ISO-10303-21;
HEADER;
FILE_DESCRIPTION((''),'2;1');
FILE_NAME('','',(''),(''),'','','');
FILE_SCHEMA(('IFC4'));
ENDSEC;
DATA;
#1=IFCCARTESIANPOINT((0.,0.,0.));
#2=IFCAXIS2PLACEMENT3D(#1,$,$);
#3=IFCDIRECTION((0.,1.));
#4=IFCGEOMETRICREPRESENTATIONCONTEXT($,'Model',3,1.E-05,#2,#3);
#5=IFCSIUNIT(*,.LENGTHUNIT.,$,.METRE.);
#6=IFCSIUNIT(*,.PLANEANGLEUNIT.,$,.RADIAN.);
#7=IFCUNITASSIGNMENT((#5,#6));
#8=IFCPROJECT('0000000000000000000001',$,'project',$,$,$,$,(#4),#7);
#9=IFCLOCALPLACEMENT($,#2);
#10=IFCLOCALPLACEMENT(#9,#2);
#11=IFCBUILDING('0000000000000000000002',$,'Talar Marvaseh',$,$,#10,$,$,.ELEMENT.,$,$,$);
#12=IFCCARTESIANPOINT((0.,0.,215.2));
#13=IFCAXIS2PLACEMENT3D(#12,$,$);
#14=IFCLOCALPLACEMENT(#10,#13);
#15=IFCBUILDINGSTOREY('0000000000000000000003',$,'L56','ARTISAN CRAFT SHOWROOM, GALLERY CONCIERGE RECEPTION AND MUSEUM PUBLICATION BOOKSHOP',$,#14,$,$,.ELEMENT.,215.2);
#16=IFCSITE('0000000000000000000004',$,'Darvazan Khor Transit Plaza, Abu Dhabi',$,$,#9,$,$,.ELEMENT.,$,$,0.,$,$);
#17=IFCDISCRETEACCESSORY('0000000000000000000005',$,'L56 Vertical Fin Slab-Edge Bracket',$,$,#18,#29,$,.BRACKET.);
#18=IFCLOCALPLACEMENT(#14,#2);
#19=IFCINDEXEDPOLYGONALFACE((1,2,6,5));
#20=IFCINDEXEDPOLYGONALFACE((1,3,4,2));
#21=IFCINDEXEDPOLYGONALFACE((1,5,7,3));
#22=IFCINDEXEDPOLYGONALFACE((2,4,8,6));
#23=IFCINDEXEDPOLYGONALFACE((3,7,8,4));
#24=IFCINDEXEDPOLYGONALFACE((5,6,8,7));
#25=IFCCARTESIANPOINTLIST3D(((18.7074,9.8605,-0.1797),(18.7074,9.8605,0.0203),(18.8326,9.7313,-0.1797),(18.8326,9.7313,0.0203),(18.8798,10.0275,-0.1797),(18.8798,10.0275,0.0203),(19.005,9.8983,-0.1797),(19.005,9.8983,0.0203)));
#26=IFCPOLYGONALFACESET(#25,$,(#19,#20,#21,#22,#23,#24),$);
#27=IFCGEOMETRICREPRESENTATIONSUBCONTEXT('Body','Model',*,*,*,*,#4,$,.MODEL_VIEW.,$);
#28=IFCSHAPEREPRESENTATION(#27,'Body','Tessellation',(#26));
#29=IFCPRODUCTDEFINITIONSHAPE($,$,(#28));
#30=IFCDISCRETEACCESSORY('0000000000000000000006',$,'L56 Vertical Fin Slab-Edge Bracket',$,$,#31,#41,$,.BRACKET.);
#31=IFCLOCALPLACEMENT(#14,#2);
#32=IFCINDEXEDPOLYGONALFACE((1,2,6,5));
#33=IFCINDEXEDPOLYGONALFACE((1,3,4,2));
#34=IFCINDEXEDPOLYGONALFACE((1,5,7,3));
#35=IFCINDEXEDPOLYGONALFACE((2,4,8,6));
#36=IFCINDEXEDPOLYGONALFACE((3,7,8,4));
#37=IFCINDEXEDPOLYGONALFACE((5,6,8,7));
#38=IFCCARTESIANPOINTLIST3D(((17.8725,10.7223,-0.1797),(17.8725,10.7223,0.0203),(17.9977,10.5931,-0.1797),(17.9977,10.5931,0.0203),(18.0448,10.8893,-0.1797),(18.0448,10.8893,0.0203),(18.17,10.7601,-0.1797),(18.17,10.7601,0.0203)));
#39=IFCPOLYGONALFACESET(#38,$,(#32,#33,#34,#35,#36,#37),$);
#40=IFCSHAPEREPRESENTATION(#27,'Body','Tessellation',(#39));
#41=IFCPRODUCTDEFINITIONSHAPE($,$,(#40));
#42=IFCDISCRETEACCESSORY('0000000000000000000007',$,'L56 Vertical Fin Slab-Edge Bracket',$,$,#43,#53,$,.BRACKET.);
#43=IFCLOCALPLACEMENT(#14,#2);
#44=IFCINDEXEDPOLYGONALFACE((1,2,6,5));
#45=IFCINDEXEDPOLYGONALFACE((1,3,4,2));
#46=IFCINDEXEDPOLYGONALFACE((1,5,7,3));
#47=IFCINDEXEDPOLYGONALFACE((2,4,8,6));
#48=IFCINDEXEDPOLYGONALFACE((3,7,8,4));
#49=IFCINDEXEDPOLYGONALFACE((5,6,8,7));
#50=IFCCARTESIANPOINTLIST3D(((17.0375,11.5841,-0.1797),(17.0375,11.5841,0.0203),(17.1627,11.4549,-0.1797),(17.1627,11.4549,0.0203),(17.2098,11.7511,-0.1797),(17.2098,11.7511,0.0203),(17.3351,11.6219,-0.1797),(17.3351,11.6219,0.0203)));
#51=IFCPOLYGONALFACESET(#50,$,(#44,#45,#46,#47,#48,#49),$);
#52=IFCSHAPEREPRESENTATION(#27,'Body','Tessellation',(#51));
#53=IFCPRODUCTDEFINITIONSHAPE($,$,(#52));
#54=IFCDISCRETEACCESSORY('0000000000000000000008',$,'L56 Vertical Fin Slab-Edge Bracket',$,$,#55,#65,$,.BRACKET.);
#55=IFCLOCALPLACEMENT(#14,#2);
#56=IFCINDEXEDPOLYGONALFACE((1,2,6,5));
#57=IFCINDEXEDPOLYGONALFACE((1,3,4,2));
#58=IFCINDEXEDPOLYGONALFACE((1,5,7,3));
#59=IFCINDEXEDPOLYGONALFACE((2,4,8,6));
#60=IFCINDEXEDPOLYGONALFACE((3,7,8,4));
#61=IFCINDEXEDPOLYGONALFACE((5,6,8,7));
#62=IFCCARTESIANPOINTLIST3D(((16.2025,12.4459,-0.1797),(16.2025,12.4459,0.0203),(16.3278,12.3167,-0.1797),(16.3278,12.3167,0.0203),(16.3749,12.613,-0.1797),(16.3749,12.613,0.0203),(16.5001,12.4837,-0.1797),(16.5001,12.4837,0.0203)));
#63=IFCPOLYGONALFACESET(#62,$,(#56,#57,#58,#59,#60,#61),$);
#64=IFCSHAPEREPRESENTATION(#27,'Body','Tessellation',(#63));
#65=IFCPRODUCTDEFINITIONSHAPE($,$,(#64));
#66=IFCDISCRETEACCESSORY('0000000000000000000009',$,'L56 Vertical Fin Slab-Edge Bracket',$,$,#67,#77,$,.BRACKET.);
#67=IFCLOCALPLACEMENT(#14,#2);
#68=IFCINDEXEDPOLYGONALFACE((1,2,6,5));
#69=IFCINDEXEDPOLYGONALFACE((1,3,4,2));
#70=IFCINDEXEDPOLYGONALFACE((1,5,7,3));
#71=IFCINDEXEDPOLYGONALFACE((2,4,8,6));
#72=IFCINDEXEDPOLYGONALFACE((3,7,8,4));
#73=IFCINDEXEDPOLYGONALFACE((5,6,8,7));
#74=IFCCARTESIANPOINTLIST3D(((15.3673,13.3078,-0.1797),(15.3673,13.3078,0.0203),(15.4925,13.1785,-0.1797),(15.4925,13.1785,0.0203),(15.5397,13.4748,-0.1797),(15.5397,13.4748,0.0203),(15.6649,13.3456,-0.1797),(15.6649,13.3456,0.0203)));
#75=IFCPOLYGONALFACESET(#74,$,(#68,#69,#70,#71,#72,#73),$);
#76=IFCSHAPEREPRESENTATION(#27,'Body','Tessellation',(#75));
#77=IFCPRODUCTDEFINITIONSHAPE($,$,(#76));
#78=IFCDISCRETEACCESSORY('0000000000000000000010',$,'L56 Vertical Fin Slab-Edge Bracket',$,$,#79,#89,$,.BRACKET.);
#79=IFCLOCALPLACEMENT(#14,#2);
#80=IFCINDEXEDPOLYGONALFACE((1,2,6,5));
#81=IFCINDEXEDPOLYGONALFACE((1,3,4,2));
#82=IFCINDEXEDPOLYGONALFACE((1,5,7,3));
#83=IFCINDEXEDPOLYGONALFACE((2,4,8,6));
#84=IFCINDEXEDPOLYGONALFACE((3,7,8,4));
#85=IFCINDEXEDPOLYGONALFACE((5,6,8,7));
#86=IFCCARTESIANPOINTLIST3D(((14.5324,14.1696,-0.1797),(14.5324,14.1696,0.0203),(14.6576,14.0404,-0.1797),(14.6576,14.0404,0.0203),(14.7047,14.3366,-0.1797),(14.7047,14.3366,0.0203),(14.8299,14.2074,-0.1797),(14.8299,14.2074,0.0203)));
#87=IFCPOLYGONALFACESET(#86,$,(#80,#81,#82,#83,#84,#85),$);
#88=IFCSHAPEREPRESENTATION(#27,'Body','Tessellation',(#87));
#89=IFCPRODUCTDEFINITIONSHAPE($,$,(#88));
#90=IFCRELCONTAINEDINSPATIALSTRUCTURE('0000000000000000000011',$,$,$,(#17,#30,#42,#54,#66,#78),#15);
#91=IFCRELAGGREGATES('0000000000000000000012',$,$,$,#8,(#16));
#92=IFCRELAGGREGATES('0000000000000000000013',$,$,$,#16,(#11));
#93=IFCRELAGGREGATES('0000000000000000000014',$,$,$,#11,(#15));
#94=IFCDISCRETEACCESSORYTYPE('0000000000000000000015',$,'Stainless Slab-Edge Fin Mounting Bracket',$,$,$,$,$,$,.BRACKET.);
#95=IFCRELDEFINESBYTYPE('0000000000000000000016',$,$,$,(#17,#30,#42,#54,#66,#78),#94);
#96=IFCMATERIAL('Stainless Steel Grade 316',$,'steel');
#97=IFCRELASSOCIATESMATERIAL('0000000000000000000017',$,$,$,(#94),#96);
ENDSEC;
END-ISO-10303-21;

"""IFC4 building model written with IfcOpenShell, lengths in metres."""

from ifc_helpers import new_model, si_unit, direction, frame, origin, origin_2d, place, context, subcontext, project, spatial, rectangle, extrude, source, transform, mapped, material, type_object, type_shapes, element, save


model = new_model("IFC4")

# Units and contexts
model_context = context("Model", 3, precision=1e-05, world=origin(), true_north=direction((0.0, 1.0)))
body_context = subcontext(model_context, "Body", "Model", "MODEL_VIEW")
ifc_project = project(units=[si_unit("LENGTHUNIT", "METRE"), si_unit("PLANEANGLEUNIT", "RADIAN")], contexts=[model_context])

# Site, building, storey
site_placement = place(None, origin())
site = spatial("IfcSite", under=ifc_project, at=site_placement, Name="Darvazan Khor Transit Plaza, Abu Dhabi", CompositionType="ELEMENT", RefElevation=0.0)
building_placement = place(site_placement, origin())
building = spatial("IfcBuilding", under=site, at=building_placement, Name="Talar Marvaseh", CompositionType="ELEMENT")
storey_placement = place(building_placement, frame((0.0, 0.0, 215.2)))
storey = spatial("IfcBuildingStorey", under=building, at=storey_placement, Name="L56", Description="ARTISAN CRAFT SHOWROOM, GALLERY CONCIERGE RECEPTION AND MUSEUM PUBLICATION BOOKSHOP", CompositionType="ELEMENT", Elevation=215.2)

# Discrete accessories
ifc_material_1 = material(Name="Stainless Steel Grade 316", Category="steel")
discrete_accessory_type = type_object("IfcDiscreteAccessoryType", Name="Stainless Slab-Edge Fin Mounting Bracket", PredefinedType="BRACKET", material=ifc_material_1)
shared_shape_1 = source(origin(), body_context, "Body", "SweptSolid", [
    extrude(rectangle(XDim=0.24, YDim=0.1799, at=origin_2d()), origin(), (0.0, 0.0, 1.0), 0.2),
])
type_shapes(discrete_accessory_type, [shared_shape_1])
for number, where, z_axis, x_axis, name in (
    (1, (18.8562, 9.8794, -0.1797), (0.0, 0.0, 1.0), (-0.718126, -0.695913, 0.0), "L56 Vertical Fin Slab-Edge Bracket"),
    (2, (18.0212, 10.7412, -0.1797), (0.0, 0.0, 1.0), (-0.718126, -0.695913, 0.0), "L56 Vertical Fin Slab-Edge Bracket"),
    (3, (17.1863, 11.603, -0.1797), (0.0, 0.0, 1.0), (-0.718126, -0.695913, 0.0), "L56 Vertical Fin Slab-Edge Bracket"),
    (4, (16.3513, 12.4648, -0.1797), (0.0, 0.0, 1.0), (-0.718126, -0.695913, 0.0), "L56 Vertical Fin Slab-Edge Bracket"),
    (5, (15.5161, 13.3267, -0.1797), (0.0, 0.0, 1.0), (-0.718126, -0.695913, 0.0), "L56 Vertical Fin Slab-Edge Bracket"),
    (6, (14.6812, 14.1885, -0.1797), (0.0, 0.0, 1.0), (-0.718126, -0.695913, 0.0), "L56 Vertical Fin Slab-Edge Bracket"),
):
    element("IfcDiscreteAccessory", number, at=place(storey_placement, frame(where, z_axis=z_axis, x_axis=x_axis)), inside=storey, type_object=discrete_accessory_type, Name=name, PredefinedType="BRACKET", context=body_context, shape_type="MappedRepresentation", body=[
        mapped(shared_shape_1, transform((0.0, 0.0, 0.0), x_axis=(1.0, 0.0, 0.0), y_axis=(0.0, 1.0, 0.0), z_axis=(0.0, 0.0, 1.0), scale=1.0)),
    ])

save(model, "model.ifc")
